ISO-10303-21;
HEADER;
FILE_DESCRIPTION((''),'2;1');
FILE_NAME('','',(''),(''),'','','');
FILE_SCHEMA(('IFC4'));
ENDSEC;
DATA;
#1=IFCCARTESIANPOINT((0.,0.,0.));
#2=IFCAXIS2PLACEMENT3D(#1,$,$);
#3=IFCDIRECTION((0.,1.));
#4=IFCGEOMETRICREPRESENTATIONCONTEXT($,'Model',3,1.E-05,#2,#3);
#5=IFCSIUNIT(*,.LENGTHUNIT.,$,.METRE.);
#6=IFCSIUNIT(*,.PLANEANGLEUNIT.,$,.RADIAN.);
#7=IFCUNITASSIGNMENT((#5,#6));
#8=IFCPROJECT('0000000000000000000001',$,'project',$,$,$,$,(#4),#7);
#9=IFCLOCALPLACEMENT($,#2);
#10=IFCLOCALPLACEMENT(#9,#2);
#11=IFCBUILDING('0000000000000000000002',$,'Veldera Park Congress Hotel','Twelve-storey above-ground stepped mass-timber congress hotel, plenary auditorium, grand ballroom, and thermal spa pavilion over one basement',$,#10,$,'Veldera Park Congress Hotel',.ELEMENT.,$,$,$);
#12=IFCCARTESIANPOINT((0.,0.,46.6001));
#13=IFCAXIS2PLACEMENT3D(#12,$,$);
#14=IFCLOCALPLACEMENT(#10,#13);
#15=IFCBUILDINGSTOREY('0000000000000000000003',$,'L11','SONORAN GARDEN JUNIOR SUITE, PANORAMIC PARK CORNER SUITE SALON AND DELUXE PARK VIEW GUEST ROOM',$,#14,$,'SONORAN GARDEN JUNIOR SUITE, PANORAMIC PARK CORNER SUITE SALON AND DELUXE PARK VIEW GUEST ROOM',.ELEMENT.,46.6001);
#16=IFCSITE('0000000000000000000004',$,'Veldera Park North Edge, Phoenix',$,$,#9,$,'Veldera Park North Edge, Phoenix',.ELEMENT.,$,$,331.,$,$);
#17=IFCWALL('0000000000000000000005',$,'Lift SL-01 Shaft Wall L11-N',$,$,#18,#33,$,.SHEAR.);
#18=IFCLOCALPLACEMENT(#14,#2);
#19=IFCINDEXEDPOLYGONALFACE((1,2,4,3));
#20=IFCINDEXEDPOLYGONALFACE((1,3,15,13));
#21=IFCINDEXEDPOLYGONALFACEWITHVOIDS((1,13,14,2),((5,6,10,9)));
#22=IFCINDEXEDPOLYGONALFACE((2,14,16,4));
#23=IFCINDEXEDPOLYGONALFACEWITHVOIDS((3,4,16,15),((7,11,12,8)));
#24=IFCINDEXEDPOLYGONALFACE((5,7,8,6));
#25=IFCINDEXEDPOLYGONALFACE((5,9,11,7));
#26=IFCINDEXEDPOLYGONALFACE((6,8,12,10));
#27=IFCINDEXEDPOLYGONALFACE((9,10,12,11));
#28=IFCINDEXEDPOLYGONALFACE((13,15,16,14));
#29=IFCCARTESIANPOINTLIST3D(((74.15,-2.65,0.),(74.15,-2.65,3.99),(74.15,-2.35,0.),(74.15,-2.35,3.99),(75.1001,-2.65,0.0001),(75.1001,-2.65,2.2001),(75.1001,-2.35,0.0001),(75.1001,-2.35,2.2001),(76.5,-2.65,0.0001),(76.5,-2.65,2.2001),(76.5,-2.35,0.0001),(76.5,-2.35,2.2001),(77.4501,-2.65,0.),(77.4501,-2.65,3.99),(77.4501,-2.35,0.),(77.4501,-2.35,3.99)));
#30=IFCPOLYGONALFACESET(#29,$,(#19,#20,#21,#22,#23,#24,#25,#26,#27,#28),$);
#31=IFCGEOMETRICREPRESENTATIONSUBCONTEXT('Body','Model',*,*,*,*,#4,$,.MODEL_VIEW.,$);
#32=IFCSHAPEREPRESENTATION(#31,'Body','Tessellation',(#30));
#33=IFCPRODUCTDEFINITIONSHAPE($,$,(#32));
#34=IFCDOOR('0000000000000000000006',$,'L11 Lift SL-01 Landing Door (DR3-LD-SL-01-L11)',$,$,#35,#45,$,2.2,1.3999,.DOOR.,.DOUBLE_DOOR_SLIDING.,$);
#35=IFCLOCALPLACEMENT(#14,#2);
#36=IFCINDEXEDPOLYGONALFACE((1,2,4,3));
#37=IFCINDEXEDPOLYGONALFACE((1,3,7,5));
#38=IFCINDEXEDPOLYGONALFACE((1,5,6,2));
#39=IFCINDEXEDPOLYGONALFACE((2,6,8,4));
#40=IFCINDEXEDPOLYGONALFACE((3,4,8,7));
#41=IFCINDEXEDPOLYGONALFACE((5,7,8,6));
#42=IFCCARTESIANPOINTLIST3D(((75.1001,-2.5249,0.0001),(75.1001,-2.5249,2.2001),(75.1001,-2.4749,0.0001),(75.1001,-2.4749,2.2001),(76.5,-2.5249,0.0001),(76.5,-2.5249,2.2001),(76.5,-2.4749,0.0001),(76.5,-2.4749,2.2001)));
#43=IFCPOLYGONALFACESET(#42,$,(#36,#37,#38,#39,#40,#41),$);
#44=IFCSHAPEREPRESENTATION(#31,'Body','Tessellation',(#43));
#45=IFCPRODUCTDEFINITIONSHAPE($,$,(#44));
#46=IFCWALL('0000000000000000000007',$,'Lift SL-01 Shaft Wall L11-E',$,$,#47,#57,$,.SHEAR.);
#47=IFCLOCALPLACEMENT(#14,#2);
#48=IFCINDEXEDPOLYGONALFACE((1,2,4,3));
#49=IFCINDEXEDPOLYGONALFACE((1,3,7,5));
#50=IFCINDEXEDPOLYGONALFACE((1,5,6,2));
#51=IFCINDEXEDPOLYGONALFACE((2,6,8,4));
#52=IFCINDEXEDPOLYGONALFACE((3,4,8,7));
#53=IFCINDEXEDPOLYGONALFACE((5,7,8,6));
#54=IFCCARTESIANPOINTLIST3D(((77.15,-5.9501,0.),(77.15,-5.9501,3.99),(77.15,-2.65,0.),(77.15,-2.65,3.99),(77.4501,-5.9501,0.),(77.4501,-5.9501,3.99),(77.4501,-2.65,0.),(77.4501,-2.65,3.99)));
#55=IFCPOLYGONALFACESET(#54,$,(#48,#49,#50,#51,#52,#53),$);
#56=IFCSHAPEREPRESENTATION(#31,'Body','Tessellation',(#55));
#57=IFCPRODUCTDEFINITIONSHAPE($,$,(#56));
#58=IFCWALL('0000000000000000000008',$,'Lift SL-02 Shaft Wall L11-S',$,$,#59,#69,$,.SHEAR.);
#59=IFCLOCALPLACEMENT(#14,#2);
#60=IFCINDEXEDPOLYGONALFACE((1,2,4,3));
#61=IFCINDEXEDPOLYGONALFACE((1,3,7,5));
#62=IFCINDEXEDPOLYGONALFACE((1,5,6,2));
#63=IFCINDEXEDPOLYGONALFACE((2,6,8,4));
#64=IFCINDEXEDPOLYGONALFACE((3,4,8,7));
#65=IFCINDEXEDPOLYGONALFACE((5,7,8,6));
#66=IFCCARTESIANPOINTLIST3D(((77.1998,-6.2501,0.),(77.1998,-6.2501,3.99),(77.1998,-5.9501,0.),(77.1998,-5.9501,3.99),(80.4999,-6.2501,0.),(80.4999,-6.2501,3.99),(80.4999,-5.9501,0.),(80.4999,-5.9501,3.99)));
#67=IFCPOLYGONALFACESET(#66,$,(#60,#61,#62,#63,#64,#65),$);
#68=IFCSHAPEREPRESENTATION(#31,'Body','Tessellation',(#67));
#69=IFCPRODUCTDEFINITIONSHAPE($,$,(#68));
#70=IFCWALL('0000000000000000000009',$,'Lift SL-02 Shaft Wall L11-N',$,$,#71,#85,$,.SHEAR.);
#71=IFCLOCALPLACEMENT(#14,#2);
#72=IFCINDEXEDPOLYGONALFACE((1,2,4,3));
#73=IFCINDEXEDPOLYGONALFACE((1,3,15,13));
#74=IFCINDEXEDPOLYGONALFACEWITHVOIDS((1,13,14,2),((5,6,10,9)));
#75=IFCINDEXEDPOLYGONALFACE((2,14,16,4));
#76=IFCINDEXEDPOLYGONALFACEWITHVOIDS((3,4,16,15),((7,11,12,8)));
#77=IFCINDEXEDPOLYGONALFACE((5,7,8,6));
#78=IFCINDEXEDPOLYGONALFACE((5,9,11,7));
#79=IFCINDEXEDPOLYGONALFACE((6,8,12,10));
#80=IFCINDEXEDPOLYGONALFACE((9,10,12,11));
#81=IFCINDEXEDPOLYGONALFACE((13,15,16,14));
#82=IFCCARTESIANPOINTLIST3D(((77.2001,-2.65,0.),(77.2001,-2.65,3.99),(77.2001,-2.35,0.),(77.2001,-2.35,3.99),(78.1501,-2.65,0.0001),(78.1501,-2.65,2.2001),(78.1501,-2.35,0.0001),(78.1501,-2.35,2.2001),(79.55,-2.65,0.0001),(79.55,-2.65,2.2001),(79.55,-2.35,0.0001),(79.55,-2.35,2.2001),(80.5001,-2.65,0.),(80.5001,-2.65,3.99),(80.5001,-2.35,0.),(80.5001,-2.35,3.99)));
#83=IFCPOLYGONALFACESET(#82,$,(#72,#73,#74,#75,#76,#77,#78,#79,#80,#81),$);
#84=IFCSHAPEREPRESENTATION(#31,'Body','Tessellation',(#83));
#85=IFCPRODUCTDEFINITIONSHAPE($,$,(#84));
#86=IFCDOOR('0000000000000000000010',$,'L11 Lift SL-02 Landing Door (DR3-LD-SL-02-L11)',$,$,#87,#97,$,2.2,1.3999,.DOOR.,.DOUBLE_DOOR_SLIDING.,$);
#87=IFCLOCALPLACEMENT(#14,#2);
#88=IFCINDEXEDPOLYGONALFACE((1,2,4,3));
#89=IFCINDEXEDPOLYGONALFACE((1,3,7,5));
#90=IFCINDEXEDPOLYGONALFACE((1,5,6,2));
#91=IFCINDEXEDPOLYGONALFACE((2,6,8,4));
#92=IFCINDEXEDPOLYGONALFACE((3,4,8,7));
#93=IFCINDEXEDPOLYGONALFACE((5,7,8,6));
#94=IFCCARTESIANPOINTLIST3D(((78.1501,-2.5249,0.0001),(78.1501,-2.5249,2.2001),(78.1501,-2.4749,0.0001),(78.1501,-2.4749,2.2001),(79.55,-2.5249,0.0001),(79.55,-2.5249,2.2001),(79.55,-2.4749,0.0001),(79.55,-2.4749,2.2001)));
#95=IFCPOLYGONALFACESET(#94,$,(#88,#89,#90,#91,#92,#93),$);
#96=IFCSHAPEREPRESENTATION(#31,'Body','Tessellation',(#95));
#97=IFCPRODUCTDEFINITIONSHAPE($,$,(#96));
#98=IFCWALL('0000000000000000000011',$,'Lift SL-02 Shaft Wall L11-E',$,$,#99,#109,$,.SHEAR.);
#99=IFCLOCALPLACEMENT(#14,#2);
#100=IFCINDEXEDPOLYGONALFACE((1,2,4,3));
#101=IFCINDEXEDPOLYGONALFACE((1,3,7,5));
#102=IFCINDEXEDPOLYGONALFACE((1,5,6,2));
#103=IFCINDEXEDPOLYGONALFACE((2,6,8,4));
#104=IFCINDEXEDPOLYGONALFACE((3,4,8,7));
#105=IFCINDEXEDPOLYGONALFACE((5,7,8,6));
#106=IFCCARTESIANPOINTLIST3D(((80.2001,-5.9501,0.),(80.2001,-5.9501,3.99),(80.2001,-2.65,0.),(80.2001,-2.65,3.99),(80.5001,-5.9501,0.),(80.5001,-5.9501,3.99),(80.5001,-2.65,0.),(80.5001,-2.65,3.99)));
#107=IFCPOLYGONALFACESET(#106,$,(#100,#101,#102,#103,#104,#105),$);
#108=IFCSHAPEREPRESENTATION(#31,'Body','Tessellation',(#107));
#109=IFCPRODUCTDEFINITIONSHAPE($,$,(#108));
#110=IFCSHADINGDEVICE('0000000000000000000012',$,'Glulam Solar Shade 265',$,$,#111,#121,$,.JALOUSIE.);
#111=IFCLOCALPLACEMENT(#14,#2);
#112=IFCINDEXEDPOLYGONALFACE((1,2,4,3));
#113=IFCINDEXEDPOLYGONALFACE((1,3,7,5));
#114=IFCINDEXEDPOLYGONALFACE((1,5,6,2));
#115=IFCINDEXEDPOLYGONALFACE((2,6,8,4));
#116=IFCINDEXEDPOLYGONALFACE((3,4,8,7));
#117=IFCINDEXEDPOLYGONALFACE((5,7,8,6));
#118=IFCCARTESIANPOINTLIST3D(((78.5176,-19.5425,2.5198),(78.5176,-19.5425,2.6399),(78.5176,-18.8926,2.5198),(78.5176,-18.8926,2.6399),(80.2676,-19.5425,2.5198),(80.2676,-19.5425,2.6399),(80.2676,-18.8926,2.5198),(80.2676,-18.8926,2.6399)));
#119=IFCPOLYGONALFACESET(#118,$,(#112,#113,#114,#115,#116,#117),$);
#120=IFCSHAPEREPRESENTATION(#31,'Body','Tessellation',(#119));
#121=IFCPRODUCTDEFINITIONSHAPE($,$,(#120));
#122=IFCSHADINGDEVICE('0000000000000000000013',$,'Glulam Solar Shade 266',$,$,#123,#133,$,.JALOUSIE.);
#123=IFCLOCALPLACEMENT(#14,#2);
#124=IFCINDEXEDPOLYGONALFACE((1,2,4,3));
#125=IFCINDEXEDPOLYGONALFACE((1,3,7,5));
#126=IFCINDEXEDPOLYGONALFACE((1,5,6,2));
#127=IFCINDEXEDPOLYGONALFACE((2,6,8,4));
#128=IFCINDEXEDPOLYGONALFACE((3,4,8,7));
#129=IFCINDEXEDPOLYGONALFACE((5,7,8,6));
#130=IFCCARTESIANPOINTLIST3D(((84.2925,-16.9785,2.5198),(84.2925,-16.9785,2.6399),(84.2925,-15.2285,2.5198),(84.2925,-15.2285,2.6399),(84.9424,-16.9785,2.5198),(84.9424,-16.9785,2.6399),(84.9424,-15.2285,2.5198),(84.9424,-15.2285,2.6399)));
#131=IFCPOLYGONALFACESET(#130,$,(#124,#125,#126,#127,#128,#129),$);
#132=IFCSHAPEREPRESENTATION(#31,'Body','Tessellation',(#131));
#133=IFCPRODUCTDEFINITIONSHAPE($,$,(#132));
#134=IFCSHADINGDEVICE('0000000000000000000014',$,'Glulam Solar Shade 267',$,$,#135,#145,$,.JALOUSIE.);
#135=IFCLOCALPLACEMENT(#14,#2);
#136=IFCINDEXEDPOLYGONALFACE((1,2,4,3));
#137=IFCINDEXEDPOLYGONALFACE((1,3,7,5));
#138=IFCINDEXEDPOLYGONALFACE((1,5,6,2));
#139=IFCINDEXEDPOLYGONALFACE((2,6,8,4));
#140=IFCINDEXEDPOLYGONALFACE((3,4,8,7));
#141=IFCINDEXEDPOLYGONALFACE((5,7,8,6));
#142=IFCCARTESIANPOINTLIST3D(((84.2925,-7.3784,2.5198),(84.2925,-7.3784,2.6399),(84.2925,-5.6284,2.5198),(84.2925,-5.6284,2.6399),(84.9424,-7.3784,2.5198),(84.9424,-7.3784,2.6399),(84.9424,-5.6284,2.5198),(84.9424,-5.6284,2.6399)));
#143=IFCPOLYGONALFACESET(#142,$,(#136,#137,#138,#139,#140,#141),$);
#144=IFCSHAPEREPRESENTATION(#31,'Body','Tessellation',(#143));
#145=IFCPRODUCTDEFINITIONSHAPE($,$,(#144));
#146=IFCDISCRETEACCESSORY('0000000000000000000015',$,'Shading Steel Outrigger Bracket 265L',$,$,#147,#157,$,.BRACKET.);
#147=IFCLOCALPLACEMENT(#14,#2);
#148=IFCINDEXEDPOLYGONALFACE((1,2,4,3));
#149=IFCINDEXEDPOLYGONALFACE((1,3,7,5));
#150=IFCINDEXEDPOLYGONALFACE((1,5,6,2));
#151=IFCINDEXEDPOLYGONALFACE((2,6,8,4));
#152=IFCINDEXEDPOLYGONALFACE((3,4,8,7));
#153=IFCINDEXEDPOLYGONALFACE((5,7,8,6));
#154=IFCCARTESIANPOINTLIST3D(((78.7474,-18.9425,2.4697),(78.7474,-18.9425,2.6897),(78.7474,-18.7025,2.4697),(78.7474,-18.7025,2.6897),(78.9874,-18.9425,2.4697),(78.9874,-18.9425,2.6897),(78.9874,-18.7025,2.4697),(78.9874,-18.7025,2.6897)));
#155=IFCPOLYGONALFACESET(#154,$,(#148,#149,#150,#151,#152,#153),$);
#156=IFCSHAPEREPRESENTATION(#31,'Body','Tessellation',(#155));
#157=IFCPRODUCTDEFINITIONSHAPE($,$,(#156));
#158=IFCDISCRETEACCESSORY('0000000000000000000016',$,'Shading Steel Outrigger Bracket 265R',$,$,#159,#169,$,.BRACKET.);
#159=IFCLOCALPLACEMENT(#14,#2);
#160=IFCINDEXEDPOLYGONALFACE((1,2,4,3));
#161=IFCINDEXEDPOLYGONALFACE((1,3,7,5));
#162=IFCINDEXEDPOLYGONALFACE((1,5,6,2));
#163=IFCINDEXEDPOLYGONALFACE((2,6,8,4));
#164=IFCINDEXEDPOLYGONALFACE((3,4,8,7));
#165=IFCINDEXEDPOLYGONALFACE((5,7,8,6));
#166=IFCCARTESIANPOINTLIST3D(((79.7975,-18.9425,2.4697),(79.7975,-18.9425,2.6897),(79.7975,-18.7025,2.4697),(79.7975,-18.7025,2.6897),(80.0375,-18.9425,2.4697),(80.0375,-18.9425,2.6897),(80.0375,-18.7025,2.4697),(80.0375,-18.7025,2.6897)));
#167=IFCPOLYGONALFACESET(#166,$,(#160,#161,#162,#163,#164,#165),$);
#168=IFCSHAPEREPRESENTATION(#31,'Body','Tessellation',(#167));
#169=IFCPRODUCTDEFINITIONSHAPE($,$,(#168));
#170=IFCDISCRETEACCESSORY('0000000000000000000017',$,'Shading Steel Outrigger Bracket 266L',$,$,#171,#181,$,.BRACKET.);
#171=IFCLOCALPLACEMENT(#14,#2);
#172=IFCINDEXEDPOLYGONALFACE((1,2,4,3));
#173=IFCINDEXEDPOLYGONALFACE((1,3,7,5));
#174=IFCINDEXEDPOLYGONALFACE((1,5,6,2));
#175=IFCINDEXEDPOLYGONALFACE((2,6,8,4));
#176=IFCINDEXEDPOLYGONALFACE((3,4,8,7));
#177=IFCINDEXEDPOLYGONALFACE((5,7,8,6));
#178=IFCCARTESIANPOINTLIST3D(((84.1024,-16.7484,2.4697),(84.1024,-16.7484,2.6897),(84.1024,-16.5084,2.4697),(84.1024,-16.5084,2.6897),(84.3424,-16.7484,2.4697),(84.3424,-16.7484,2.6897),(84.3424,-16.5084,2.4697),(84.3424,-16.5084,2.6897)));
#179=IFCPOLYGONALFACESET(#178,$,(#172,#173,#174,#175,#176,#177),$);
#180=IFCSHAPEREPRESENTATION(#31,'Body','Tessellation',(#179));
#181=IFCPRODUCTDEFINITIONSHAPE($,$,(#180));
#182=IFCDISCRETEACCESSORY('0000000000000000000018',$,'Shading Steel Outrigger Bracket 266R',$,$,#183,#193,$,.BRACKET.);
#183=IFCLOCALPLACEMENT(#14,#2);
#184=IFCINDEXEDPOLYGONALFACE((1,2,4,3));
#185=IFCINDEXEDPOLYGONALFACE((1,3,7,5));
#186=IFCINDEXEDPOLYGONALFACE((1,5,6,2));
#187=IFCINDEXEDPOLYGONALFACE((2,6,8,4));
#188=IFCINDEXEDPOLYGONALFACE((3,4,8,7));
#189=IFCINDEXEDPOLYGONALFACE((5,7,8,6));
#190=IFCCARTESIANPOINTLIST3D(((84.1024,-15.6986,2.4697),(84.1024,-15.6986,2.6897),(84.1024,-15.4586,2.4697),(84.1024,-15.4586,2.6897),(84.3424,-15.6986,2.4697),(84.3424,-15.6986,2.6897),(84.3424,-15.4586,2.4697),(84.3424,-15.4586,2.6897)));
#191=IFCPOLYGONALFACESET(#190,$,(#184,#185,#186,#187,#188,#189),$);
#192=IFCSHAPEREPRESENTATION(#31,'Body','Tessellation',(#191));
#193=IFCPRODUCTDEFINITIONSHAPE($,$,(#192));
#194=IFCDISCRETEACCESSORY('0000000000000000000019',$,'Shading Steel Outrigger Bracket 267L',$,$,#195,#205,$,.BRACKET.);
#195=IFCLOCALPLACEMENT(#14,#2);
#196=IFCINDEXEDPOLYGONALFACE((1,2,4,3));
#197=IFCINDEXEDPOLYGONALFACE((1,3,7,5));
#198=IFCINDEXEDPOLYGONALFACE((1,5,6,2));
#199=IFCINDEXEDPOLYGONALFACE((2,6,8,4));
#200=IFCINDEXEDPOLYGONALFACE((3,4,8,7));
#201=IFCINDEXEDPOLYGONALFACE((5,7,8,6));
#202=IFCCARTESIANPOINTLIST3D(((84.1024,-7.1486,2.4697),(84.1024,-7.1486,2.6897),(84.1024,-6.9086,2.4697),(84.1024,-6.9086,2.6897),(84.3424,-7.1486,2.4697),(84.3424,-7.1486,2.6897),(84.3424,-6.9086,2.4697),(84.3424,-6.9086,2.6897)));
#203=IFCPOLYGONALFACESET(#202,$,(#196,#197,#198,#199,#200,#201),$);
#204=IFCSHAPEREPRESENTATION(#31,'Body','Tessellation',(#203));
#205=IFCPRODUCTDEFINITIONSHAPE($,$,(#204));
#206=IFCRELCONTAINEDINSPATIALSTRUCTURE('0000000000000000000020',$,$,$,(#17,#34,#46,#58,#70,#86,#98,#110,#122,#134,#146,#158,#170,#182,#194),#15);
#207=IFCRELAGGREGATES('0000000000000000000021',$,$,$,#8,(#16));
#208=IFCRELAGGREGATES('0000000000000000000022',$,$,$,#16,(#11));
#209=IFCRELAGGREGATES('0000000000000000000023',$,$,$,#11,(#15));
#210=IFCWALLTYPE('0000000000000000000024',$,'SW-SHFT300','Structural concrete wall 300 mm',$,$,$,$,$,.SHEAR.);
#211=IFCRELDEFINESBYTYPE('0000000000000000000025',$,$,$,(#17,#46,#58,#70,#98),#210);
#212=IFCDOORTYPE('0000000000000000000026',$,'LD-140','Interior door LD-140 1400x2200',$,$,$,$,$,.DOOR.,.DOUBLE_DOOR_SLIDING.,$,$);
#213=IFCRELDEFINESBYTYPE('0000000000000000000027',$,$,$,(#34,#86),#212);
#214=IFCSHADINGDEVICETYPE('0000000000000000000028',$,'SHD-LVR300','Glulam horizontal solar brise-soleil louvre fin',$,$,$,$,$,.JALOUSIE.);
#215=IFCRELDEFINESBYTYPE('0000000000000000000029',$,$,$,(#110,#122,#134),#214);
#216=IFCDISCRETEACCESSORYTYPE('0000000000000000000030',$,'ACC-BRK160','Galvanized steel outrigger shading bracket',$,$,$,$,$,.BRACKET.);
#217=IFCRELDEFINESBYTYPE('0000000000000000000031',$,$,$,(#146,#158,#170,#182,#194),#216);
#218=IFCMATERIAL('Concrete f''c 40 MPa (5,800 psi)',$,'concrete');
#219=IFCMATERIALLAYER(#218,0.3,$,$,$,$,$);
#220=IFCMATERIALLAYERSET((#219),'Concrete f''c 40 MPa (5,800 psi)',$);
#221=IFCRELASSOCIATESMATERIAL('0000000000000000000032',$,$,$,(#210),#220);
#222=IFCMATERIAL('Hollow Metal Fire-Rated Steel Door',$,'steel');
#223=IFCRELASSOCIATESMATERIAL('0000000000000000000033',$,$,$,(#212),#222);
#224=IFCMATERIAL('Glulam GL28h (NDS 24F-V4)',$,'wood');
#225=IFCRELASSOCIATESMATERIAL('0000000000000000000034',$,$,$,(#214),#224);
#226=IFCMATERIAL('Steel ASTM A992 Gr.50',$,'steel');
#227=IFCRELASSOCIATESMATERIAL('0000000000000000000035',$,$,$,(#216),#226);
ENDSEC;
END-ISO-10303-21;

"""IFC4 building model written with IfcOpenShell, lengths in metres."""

from ifc_helpers import new_model, si_unit, direction, frame, frame_2d, origin, origin_2d, place, context, subcontext, project, spatial, rectangle, extrude, material, layer, layer_set, type_object, element, fill, save


model = new_model("IFC4")

# Units and contexts
model_context = context("Model", 3, precision=1e-05, world=origin(), true_north=direction((0.0, 1.0)))
body_context = subcontext(model_context, "Body", "Model", "MODEL_VIEW")
ifc_project = project(units=[si_unit("LENGTHUNIT", "METRE"), si_unit("PLANEANGLEUNIT", "RADIAN")], contexts=[model_context])

# Site, building, storey
site_placement = place(None, origin())
site = spatial("IfcSite", under=ifc_project, at=site_placement, Name="Veldera Park North Edge, Phoenix", LongName="Veldera Park North Edge, Phoenix", CompositionType="ELEMENT", RefElevation=331.0)
building_placement = place(site_placement, origin())
building = spatial("IfcBuilding", under=site, at=building_placement, Name="Veldera Park Congress Hotel", Description="Twelve-storey above-ground stepped mass-timber congress hotel, plenary auditorium, grand ballroom, and thermal spa pavilion over one basement", LongName="Veldera Park Congress Hotel", CompositionType="ELEMENT")
storey_placement = place(building_placement, frame((0.0, 0.0, 46.6001)))
storey = spatial("IfcBuildingStorey", under=building, at=storey_placement, Name="L11", Description="SONORAN GARDEN JUNIOR SUITE, PANORAMIC PARK CORNER SUITE SALON AND DELUXE PARK VIEW GUEST ROOM", LongName="SONORAN GARDEN JUNIOR SUITE, PANORAMIC PARK CORNER SUITE SALON AND DELUXE PARK VIEW GUEST ROOM", CompositionType="ELEMENT", Elevation=46.6001)

# Shared definitions
ifc_material_1 = material(Name="Glulam GL28h (NDS 24F-V4)", Category="wood")

# Shared definitions
ifc_material_2 = material(Name="Concrete f'c 40 MPa (5,800 psi)", Category="concrete")

# Wall, opening, door
ifc_layer_1 = layer(ifc_material_2, 0.3)
ifc_layer_set_1 = layer_set([ifc_layer_1], Name="Concrete f'c 40 MPa (5,800 psi)")
wall_type_1 = type_object("IfcWallType", Name="SW-SHFT300", Description="Structural concrete wall 300 mm", PredefinedType="SHEAR", material=ifc_layer_set_1)
wall_1_placement = place(storey_placement, frame((77.45, -2.5, 0.0), z_axis=(0.0, 0.0, 1.0), x_axis=(-1.0, 0.0, 0.0)))
wall_1 = element("IfcWall", 1, at=wall_1_placement, inside=storey, type_object=wall_type_1, Name="Lift SL-01 Shaft Wall L11-N", PredefinedType="SHEAR", context=body_context, shape_type="SweptSolid", body=[
    extrude(rectangle(XDim=3.3, YDim=0.3, at=frame_2d((1.6499, 0.0))), origin(), (0.0, 0.0, 1.0), 3.99),
])
opening_1_placement = place(wall_1_placement, frame((0.95, 0.0, 0.0)))
opening_1 = element("IfcOpeningElement", 2, at=opening_1_placement, cuts=wall_1, PredefinedType="OPENING", context=body_context, shape_type="SweptSolid", body=[
    extrude(rectangle(XDim=1.3999, YDim=2.2, at=frame_2d((0.7, 1.1001))), frame((0.0, 0.1621, 0.0), z_axis=(0.0, -1.0, 0.0), x_axis=(1.0, 0.0, 0.0)), (0.0, 0.0, 1.0), 0.324),
])
ifc_material_3 = material(Name="Hollow Metal Fire-Rated Steel Door", Category="steel")
door_type = type_object("IfcDoorType", Name="LD-140", Description="Interior door LD-140 1400x2200", OperationType="DOUBLE_DOOR_SLIDING", PredefinedType="DOOR", material=ifc_material_3)
door_1_placement = place(opening_1_placement, origin())
door_1 = element("IfcDoor", 3, at=door_1_placement, inside=storey, type_object=door_type, Name="L11 Lift SL-01 Landing Door (DR3-LD-SL-01-L11)", OperationType="DOUBLE_DOOR_SLIDING", OverallHeight=2.2, OverallWidth=1.3999, PredefinedType="DOOR", context=body_context, shape_type="SweptSolid", body=[
    extrude(rectangle(XDim=1.3999, YDim=2.2, at=frame_2d((0.7, 1.1001))), frame((0.0, 0.0249, 0.0), z_axis=(0.0, -1.0, 0.0), x_axis=(1.0, 0.0, 0.0)), (0.0, 0.0, 1.0), 0.05),
])
fill(opening_1, door_1)

# Walls
for number, where, z_axis, x_axis, name in (
    (4, (77.3, -5.95, 0.0), (0.0, 0.0, 1.0), (0.0, 1.0, 0.0), "Lift SL-01 Shaft Wall L11-E"),
    (5, (77.2, -6.1001, 0.0), (0.0, 0.0, 1.0), (1.0, 0.0, 0.0), "Lift SL-02 Shaft Wall L11-S"),
):
    element("IfcWall", number, at=place(storey_placement, frame(where, z_axis=z_axis, x_axis=x_axis)), inside=storey, type_object=wall_type_1, Name=name, PredefinedType="SHEAR", context=body_context, shape_type="SweptSolid", body=[
        extrude(rectangle(XDim=3.3, YDim=0.3, at=frame_2d((1.6499, 0.0))), origin(), (0.0, 0.0, 1.0), 3.99),
    ])

# Wall, opening, door
wall_2_placement = place(storey_placement, frame((80.5, -2.5, 0.0), z_axis=(0.0, 0.0, 1.0), x_axis=(-1.0, 0.0, 0.0)))
wall_2 = element("IfcWall", 6, at=wall_2_placement, inside=storey, type_object=wall_type_1, Name="Lift SL-02 Shaft Wall L11-N", PredefinedType="SHEAR", context=body_context, shape_type="SweptSolid", body=[
    extrude(rectangle(XDim=3.3, YDim=0.3, at=frame_2d((1.6499, 0.0))), origin(), (0.0, 0.0, 1.0), 3.99),
])
opening_2_placement = place(wall_2_placement, frame((0.95, 0.0, 0.0)))
opening_2 = element("IfcOpeningElement", 7, at=opening_2_placement, cuts=wall_2, PredefinedType="OPENING", context=body_context, shape_type="SweptSolid", body=[
    extrude(rectangle(XDim=1.3999, YDim=2.2, at=frame_2d((0.7, 1.1001))), frame((0.0, 0.1621, 0.0), z_axis=(0.0, -1.0, 0.0), x_axis=(1.0, 0.0, 0.0)), (0.0, 0.0, 1.0), 0.324),
])
door_2_placement = place(opening_2_placement, origin())
door_2 = element("IfcDoor", 8, at=door_2_placement, inside=storey, type_object=door_type, Name="L11 Lift SL-02 Landing Door (DR3-LD-SL-02-L11)", OperationType="DOUBLE_DOOR_SLIDING", OverallHeight=2.2, OverallWidth=1.3999, PredefinedType="DOOR", context=body_context, shape_type="SweptSolid", body=[
    extrude(rectangle(XDim=1.3999, YDim=2.2, at=frame_2d((0.7, 1.1001))), frame((0.0, 0.0249, 0.0), z_axis=(0.0, -1.0, 0.0), x_axis=(1.0, 0.0, 0.0)), (0.0, 0.0, 1.0), 0.05),
])
fill(opening_2, door_2)

# Wall
wall_3_placement = place(storey_placement, frame((80.3501, -5.95, 0.0), z_axis=(0.0, 0.0, 1.0), x_axis=(0.0, 1.0, 0.0)))
element("IfcWall", 9, at=wall_3_placement, inside=storey, type_object=wall_type_1, Name="Lift SL-02 Shaft Wall L11-E", PredefinedType="SHEAR", context=body_context, shape_type="SweptSolid", body=[
    extrude(rectangle(XDim=3.3, YDim=0.3, at=frame_2d((1.6499, 0.0))), origin(), (0.0, 0.0, 1.0), 3.99),
])

# Shading devices
shading_device_type = type_object("IfcShadingDeviceType", Name="SHD-LVR300", Description="Glulam horizontal solar brise-soleil louvre fin", PredefinedType="JALOUSIE", material=ifc_material_1)
for number, where, z_axis, x_axis, name in (
    (10, (79.3926, -19.2175, 2.5198), (0.0, 0.0, 1.0), (1.0, 0.0, 0.0), "Glulam Solar Shade 265"),
    (11, (84.6174, -16.1035, 2.5198), (0.0, 0.0, 1.0), (0.0, 1.0, 0.0), "Glulam Solar Shade 266"),
    (12, (84.6174, -6.5034, 2.5198), (0.0, 0.0, 1.0), (0.0, 1.0, 0.0), "Glulam Solar Shade 267"),
):
    element("IfcShadingDevice", number, at=place(storey_placement, frame(where, z_axis=z_axis, x_axis=x_axis)), inside=storey, type_object=shading_device_type, Name=name, PredefinedType="JALOUSIE", context=body_context, shape_type="SweptSolid", body=[
        extrude(rectangle(XDim=1.75, YDim=0.6499, at=origin_2d()), origin(), (0.0, 0.0, 1.0), 0.1201),
    ])

# Discrete accessories
ifc_material_4 = material(Name="Steel ASTM A992 Gr.50", Category="steel")
discrete_accessory_type = type_object("IfcDiscreteAccessoryType", Name="ACC-BRK160", Description="Galvanized steel outrigger shading bracket", PredefinedType="BRACKET", material=ifc_material_4)
for number, where, z_axis, x_axis, name in (
    (13, (78.8674, -18.8225, 2.4697), (0.0, 0.0, 1.0), (1.0, 0.0, 0.0), "Shading Steel Outrigger Bracket 265L"),
    (14, (79.9175, -18.8225, 2.4697), (0.0, 0.0, 1.0), (1.0, 0.0, 0.0), "Shading Steel Outrigger Bracket 265R"),
    (15, (84.2224, -16.6284, 2.4697), (0.0, 0.0, 1.0), (0.0, 1.0, 0.0), "Shading Steel Outrigger Bracket 266L"),
    (16, (84.2224, -15.5786, 2.4697), (0.0, 0.0, 1.0), (0.0, 1.0, 0.0), "Shading Steel Outrigger Bracket 266R"),
    (17, (84.2224, -7.0286, 2.4697), (0.0, 0.0, 1.0), (0.0, 1.0, 0.0), "Shading Steel Outrigger Bracket 267L"),
):
    element("IfcDiscreteAccessory", number, at=place(storey_placement, frame(where, z_axis=z_axis, x_axis=x_axis)), inside=storey, type_object=discrete_accessory_type, Name=name, PredefinedType="BRACKET", context=body_context, shape_type="SweptSolid", body=[
        extrude(rectangle(XDim=0.24, YDim=0.24, at=origin_2d()), origin(), (0.0, 0.0, 1.0), 0.22),
    ])

save(model, "model.ifc")
